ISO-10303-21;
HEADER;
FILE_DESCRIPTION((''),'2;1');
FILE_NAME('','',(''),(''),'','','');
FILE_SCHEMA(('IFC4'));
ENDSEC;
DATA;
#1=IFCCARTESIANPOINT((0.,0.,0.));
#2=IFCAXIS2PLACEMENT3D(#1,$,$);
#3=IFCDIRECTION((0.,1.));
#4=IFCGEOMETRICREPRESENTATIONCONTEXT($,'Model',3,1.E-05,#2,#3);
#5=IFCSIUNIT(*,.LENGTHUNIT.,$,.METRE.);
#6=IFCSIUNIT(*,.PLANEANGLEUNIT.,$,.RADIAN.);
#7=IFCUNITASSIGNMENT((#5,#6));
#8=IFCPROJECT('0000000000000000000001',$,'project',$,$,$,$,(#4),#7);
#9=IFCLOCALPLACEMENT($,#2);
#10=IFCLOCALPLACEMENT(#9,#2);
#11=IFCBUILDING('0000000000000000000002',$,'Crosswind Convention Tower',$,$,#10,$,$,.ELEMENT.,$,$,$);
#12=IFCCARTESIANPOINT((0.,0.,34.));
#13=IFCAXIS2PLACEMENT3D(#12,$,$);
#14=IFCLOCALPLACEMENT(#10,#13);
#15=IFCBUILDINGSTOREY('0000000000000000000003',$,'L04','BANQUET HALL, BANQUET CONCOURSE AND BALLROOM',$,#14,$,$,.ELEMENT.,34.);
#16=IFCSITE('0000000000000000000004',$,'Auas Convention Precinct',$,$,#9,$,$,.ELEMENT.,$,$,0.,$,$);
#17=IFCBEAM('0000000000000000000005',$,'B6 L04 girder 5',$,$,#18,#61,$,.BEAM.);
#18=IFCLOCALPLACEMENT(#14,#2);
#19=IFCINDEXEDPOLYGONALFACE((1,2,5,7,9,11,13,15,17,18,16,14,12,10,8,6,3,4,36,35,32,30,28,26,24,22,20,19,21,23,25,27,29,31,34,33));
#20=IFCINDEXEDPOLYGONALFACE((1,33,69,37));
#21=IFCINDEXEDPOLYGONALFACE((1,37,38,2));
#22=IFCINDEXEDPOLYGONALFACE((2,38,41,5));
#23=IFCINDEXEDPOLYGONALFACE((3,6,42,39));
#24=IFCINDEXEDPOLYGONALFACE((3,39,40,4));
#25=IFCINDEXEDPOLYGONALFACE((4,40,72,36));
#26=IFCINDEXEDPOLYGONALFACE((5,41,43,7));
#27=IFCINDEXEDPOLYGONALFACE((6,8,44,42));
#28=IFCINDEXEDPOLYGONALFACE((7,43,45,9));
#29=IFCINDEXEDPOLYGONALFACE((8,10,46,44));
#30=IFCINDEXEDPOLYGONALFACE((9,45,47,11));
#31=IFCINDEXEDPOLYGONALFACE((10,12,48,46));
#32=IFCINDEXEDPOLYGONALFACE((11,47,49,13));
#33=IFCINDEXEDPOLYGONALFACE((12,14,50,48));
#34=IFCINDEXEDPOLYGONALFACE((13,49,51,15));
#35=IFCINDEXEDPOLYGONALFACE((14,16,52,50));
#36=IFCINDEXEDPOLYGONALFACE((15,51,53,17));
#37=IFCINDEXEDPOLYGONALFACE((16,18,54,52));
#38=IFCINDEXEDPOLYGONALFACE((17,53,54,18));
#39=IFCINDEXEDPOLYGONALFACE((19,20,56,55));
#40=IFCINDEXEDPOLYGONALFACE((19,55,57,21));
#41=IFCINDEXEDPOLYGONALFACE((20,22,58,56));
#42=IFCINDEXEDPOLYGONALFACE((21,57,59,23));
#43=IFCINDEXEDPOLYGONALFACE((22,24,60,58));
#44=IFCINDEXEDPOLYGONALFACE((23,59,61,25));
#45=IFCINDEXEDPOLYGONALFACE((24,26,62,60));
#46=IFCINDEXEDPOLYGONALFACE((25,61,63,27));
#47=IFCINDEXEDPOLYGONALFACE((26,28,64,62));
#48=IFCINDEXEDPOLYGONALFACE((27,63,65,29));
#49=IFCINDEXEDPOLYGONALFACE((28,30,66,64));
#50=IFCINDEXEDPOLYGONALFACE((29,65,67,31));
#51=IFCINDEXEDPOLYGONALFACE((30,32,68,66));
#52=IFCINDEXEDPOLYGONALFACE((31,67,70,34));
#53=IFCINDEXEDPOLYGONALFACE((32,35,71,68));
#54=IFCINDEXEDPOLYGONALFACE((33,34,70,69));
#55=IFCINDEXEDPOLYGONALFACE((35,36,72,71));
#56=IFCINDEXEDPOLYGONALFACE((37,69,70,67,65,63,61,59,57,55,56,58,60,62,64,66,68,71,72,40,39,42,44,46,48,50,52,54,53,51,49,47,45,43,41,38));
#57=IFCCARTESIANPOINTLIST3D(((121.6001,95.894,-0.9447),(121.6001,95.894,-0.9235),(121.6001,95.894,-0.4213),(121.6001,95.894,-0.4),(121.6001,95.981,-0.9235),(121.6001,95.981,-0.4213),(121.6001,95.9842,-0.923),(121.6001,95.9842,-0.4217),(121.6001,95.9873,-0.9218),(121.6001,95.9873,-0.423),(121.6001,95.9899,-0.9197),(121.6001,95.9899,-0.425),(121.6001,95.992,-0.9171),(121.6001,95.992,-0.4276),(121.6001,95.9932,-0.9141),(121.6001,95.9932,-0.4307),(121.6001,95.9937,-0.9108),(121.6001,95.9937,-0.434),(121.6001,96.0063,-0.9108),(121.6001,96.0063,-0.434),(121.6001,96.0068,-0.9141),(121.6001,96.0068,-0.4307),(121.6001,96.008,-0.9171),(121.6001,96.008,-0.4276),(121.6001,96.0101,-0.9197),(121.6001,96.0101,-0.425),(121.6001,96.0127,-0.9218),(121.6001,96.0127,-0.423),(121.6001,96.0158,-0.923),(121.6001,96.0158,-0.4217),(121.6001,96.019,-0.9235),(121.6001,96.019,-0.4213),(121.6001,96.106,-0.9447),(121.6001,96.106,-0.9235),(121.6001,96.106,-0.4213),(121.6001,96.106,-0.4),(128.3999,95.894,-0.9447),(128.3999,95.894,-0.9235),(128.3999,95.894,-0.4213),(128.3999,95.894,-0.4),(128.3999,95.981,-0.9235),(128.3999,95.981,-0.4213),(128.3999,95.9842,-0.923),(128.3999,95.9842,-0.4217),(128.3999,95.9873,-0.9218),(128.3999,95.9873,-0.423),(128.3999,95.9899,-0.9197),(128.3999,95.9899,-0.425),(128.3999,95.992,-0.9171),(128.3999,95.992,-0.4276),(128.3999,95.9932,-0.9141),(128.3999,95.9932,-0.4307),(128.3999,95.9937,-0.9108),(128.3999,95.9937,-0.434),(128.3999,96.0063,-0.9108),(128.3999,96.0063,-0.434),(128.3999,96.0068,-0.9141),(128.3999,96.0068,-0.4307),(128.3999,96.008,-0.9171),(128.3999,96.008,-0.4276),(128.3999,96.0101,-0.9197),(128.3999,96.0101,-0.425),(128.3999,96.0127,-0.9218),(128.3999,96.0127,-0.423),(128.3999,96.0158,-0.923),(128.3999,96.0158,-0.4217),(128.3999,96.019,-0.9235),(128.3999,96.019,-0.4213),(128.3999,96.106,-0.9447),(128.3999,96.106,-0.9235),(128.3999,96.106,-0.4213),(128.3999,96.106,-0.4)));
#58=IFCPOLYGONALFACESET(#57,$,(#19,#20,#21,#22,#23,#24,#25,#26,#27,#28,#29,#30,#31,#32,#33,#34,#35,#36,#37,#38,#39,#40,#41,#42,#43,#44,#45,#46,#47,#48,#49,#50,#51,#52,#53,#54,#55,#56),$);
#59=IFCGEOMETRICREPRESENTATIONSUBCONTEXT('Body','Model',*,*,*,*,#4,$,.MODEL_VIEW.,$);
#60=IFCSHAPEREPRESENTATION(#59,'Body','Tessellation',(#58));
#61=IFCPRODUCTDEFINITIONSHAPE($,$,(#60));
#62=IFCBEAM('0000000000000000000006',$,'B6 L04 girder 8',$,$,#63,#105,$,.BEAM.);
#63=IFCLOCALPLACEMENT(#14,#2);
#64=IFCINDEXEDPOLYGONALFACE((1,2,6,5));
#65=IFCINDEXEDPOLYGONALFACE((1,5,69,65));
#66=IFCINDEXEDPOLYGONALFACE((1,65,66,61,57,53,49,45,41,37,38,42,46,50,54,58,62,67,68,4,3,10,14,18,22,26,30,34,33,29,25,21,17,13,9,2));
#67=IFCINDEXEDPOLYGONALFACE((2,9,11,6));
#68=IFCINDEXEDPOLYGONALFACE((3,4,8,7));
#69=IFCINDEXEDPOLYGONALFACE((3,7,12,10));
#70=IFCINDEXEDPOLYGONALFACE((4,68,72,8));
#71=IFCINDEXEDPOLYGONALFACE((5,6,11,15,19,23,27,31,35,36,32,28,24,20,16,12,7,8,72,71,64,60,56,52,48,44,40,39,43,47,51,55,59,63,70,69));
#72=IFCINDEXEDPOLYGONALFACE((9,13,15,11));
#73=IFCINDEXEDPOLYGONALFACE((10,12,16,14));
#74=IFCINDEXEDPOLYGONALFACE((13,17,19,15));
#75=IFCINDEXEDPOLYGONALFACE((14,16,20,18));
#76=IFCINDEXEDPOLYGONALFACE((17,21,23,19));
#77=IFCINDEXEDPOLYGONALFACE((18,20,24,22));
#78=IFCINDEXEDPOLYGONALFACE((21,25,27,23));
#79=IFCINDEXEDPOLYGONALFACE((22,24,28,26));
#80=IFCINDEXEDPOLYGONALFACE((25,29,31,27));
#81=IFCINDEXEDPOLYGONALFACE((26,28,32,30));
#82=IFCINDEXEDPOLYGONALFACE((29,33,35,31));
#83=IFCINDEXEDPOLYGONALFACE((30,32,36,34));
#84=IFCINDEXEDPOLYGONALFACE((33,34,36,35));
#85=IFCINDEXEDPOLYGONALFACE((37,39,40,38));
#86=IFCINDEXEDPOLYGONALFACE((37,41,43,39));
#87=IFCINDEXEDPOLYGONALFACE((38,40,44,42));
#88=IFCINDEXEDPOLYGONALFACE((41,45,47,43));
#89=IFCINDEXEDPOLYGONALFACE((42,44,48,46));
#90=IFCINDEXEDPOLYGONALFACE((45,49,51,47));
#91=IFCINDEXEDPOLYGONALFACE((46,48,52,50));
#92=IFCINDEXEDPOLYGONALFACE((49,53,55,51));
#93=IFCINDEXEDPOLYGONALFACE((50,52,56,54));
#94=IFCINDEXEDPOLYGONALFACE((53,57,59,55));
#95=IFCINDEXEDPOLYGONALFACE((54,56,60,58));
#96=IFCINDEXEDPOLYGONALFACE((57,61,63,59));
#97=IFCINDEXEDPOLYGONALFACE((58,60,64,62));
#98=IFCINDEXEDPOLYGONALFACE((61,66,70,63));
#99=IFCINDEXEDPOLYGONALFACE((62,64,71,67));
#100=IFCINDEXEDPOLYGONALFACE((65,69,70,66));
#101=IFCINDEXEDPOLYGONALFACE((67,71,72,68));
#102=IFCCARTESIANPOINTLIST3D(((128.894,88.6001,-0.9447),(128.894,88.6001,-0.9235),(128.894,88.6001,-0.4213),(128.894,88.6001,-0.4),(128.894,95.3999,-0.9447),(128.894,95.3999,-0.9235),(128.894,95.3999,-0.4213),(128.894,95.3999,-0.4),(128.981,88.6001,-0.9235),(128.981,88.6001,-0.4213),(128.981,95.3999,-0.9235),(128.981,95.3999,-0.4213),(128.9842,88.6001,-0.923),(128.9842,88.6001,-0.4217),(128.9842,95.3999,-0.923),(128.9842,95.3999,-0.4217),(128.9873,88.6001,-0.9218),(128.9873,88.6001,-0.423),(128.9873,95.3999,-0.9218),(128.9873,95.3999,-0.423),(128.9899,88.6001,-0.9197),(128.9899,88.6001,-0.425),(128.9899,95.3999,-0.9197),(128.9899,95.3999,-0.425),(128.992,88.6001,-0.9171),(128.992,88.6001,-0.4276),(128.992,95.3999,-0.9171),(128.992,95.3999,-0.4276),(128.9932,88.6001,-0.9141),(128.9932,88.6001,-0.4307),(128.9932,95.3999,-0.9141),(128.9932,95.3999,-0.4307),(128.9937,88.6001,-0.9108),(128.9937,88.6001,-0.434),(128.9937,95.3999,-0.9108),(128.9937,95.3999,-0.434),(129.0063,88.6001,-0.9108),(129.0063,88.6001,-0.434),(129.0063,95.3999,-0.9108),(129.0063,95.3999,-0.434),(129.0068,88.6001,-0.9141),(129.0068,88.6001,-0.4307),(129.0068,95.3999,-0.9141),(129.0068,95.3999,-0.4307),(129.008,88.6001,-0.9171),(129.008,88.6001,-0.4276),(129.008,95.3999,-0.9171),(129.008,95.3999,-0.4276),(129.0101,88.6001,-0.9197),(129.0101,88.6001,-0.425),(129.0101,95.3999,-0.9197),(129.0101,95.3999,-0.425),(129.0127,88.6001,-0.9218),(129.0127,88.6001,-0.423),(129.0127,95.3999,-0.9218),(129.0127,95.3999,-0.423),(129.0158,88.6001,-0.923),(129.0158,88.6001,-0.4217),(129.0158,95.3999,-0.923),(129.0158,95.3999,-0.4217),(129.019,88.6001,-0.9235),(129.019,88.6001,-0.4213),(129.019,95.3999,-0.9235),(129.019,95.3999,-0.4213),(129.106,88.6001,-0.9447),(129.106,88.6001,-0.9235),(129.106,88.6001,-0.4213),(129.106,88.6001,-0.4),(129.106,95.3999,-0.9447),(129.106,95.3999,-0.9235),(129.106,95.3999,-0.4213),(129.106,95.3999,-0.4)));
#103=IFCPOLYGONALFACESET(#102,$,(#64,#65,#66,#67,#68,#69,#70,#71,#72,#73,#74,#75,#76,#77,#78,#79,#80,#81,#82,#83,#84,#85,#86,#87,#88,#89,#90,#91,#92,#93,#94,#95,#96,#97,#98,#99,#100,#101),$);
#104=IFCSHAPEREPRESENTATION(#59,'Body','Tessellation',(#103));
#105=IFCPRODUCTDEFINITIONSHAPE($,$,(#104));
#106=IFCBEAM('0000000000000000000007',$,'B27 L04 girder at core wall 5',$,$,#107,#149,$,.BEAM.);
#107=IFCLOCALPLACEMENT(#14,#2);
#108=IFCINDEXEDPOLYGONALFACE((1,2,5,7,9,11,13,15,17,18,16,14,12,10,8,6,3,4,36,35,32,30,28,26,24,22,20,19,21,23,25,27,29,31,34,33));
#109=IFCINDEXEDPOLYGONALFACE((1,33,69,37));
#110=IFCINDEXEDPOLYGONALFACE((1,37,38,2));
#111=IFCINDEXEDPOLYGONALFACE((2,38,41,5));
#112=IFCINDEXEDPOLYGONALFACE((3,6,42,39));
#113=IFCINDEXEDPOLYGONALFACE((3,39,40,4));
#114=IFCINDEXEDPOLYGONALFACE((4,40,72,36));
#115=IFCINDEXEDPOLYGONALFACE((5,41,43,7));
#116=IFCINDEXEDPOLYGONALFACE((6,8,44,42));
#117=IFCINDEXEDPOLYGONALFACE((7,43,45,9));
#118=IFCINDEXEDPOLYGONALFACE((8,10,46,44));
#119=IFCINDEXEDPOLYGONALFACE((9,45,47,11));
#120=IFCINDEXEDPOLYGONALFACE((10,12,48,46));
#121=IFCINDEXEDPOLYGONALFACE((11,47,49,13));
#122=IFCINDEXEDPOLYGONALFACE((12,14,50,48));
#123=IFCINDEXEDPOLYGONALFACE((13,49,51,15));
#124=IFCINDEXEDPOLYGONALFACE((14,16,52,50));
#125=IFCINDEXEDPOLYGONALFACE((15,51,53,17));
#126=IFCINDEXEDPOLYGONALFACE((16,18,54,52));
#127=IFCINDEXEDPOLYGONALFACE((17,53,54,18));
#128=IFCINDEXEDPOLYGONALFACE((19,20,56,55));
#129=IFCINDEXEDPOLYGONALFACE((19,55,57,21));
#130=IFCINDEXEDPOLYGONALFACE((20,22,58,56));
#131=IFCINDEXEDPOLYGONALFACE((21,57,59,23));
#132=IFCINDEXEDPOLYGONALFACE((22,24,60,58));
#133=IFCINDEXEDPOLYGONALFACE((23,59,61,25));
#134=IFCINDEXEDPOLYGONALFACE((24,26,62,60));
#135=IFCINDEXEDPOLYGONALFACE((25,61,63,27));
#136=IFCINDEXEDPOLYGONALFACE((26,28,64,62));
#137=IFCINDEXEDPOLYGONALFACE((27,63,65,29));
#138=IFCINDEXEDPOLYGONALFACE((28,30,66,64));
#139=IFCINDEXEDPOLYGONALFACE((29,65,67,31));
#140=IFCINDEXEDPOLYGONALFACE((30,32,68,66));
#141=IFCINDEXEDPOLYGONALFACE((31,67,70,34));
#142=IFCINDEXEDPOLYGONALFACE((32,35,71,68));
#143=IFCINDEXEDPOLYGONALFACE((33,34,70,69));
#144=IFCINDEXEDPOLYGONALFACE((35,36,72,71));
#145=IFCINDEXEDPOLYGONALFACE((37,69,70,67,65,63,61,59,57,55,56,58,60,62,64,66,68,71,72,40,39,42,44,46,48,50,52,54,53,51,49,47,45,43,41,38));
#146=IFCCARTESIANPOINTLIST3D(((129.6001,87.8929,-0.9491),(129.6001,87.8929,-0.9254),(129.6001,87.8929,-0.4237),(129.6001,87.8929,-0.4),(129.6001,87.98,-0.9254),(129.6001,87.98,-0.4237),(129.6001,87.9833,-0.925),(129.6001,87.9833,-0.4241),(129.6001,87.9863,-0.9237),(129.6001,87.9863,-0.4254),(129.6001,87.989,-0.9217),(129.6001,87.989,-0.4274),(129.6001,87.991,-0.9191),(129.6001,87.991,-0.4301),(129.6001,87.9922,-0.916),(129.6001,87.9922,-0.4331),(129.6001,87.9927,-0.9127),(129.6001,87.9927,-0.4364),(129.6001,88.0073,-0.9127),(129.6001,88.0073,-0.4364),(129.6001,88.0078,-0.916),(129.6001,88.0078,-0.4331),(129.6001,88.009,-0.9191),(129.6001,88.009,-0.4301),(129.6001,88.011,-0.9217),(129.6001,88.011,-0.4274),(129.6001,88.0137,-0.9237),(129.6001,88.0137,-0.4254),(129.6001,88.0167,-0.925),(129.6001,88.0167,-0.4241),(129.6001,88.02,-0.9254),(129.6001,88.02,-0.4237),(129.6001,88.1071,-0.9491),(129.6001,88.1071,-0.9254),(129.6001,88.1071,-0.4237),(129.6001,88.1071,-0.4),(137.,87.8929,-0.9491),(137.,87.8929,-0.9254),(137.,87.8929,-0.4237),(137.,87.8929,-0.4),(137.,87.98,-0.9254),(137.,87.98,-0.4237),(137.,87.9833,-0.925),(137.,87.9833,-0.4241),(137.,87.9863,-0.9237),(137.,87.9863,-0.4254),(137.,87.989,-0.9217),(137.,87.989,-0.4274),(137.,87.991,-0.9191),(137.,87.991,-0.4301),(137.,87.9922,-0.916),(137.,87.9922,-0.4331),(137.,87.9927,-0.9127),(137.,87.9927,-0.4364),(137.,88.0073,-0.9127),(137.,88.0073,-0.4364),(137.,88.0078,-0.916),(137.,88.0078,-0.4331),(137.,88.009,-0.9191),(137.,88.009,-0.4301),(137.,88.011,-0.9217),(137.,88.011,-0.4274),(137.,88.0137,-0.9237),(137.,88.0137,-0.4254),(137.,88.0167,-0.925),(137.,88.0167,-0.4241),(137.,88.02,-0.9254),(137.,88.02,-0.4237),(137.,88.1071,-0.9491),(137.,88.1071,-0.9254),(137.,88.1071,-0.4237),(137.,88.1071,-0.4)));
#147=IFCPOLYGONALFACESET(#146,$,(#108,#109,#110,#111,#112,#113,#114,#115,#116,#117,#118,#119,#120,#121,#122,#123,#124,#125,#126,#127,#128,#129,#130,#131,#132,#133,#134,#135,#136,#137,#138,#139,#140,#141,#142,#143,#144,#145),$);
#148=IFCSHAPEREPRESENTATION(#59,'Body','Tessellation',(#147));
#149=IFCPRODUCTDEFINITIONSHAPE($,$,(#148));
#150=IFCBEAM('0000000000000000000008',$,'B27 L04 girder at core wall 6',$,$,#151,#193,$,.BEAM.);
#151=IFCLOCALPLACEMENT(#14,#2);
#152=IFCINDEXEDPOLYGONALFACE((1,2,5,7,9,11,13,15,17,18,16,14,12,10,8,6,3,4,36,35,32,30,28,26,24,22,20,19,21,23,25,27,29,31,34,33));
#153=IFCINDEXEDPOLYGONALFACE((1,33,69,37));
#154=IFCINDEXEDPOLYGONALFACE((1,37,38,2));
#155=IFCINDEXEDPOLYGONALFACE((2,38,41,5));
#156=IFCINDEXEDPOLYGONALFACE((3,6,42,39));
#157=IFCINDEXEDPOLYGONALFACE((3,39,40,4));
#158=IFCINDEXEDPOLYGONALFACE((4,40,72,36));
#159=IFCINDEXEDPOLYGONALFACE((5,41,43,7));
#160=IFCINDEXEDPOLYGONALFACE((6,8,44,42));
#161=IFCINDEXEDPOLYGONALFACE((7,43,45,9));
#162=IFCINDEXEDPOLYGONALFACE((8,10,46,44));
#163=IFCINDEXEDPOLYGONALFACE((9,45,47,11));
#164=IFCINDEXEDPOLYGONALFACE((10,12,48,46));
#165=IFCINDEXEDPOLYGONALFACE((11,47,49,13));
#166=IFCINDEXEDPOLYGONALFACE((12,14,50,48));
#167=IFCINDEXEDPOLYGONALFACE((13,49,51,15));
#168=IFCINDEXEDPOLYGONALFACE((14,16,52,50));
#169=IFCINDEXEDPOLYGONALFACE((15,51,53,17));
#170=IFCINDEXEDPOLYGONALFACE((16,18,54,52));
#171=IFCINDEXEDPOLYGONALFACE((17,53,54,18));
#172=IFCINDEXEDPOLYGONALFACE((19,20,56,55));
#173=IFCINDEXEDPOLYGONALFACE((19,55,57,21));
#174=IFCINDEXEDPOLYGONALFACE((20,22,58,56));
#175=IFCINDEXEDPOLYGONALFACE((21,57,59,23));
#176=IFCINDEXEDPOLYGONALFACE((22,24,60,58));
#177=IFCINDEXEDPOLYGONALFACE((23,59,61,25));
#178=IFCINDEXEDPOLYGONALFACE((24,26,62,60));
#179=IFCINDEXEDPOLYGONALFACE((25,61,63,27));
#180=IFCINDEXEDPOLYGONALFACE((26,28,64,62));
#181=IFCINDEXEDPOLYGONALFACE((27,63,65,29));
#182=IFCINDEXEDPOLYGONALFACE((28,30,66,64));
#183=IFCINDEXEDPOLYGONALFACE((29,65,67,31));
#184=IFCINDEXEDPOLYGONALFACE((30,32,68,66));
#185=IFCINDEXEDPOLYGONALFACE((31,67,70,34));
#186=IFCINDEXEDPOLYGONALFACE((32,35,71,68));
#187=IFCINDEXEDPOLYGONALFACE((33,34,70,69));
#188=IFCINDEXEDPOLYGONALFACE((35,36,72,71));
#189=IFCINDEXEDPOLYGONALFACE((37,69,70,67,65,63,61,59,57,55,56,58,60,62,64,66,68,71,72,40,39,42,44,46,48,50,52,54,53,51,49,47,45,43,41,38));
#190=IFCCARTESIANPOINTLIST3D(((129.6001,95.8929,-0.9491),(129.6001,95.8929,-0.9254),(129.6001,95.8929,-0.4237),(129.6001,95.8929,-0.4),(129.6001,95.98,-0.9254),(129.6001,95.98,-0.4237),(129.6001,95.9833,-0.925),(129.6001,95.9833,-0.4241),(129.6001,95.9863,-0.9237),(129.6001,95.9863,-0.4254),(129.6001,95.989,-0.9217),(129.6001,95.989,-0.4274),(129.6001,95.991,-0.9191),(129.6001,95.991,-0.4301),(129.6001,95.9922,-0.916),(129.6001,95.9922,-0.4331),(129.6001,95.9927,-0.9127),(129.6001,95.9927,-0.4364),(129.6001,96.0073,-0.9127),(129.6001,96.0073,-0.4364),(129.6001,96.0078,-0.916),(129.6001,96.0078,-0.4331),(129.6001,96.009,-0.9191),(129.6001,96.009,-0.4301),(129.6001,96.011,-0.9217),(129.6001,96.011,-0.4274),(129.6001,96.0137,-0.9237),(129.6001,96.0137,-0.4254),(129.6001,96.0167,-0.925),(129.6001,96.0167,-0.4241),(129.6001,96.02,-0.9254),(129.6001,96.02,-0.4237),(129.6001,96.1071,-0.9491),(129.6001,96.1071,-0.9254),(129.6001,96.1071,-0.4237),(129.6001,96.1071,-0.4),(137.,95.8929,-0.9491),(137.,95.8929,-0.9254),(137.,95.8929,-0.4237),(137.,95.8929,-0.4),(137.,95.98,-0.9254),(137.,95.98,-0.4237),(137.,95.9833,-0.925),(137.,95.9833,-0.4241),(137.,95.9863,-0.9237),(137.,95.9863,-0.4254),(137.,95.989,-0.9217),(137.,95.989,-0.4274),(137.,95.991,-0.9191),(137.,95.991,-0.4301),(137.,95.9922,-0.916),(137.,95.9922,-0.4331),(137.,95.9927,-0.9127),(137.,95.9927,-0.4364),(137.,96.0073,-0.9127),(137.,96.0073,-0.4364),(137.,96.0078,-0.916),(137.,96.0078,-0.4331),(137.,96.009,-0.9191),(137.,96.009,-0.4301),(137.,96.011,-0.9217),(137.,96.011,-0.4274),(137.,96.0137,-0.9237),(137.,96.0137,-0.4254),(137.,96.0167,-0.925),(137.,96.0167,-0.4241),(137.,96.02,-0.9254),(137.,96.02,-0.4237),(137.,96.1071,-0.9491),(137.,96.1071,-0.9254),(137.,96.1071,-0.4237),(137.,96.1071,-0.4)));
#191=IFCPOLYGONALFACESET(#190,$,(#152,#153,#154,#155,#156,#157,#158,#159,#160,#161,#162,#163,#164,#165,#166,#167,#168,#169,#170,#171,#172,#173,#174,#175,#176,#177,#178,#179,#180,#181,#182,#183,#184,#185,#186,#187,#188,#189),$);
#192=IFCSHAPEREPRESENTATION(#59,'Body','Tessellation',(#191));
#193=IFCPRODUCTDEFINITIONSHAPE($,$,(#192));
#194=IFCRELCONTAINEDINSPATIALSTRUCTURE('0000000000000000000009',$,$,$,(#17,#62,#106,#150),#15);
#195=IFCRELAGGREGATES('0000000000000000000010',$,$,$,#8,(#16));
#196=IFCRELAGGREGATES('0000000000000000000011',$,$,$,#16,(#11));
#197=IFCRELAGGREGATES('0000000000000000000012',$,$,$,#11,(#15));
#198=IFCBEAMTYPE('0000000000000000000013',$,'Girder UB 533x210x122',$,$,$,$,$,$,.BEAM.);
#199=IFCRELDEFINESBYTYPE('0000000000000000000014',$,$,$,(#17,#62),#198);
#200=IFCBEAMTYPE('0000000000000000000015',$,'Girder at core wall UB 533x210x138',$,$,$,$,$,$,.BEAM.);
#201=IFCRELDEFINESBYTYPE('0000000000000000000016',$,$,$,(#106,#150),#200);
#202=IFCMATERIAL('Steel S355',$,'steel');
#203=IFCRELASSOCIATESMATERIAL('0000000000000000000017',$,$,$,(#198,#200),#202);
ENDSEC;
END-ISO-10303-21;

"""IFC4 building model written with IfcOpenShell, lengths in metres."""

from ifc_helpers import new_model, si_unit, direction, frame, origin, origin_2d, place, context, subcontext, project, spatial, i_section, extrude, material, material_profile, profile_set, type_object, element, save


model = new_model("IFC4")

# Units and contexts
model_context = context("Model", 3, precision=1e-05, world=origin(), true_north=direction((0.0, 1.0)))
body_context = subcontext(model_context, "Body", "Model", "MODEL_VIEW")
ifc_project = project(units=[si_unit("LENGTHUNIT", "METRE"), si_unit("PLANEANGLEUNIT", "RADIAN")], contexts=[model_context])

# Site, building, storey
site_placement = place(None, origin())
site = spatial("IfcSite", under=ifc_project, at=site_placement, Name="Auas Convention Precinct", CompositionType="ELEMENT", RefElevation=0.0)
building_placement = place(site_placement, origin())
building = spatial("IfcBuilding", under=site, at=building_placement, Name="Crosswind Convention Tower", CompositionType="ELEMENT")
storey_placement = place(building_placement, frame((0.0, 0.0, 34.0)))
storey = spatial("IfcBuildingStorey", under=building, at=storey_placement, Name="L04", Description="BANQUET HALL, BANQUET CONCOURSE AND BALLROOM", CompositionType="ELEMENT", Elevation=34.0)

# Beams
ifc_material_1 = material(Name="Steel S355", Category="steel")
ifc_material_profile_1 = material_profile(ifc_material_1, i_section(OverallWidth=0.2119, OverallDepth=0.5447, WebThickness=0.0127, FlangeThickness=0.0212, FilletRadius=0.0127, at=origin_2d()), Name="UB 533x210x122")
ifc_profile_set_1 = profile_set([ifc_material_profile_1], Name="Steel S355")
beam_type_1 = type_object("IfcBeamType", Name="Girder UB 533x210x122", PredefinedType="BEAM", material=ifc_profile_set_1)
for number, where, z_axis, x_axis, name in (
    (1, (121.6001, 96.0, -0.6724), (1.0, 0.0, 0.0), (0.0, 1.0, 0.0), "B6 L04 girder 5"),
    (2, (129.0, 88.6001, -0.6724), (0.0, 1.0, 0.0), (-1.0, 0.0, 0.0), "B6 L04 girder 8"),
):
    element("IfcBeam", number, at=place(storey_placement, frame(where, z_axis=z_axis, x_axis=x_axis)), inside=storey, type_object=beam_type_1, Name=name, PredefinedType="BEAM", context=body_context, shape_type="SweptSolid", body=[
        extrude(i_section(OverallWidth=0.2119, OverallDepth=0.5447, WebThickness=0.0127, FlangeThickness=0.0212, FilletRadius=0.0127, at=origin_2d()), origin(), (0.0, 0.0, 1.0), 6.7998),
    ])
ifc_material_profile_2 = material_profile(ifc_material_1, i_section(OverallWidth=0.2141, OverallDepth=0.5491, WebThickness=0.0146, FlangeThickness=0.0237, FilletRadius=0.0127, at=origin_2d()), Name="UB 533x210x138")
ifc_profile_set_2 = profile_set([ifc_material_profile_2], Name="Steel S355")
beam_type_2 = type_object("IfcBeamType", Name="Girder at core wall UB 533x210x138", PredefinedType="BEAM", material=ifc_profile_set_2)
for number, where, z_axis, x_axis, name in (
    (3, (129.6001, 88.0, -0.6746), (1.0, 0.0, 0.0), (0.0, 1.0, 0.0), "B27 L04 girder at core wall 5"),
    (4, (129.6001, 96.0, -0.6746), (1.0, 0.0, 0.0), (0.0, 1.0, 0.0), "B27 L04 girder at core wall 6"),
):
    element("IfcBeam", number, at=place(storey_placement, frame(where, z_axis=z_axis, x_axis=x_axis)), inside=storey, type_object=beam_type_2, Name=name, PredefinedType="BEAM", context=body_context, shape_type="SweptSolid", body=[
        extrude(i_section(OverallWidth=0.2141, OverallDepth=0.5491, WebThickness=0.0146, FlangeThickness=0.0237, FilletRadius=0.0127, at=origin_2d()), origin(), (0.0, 0.0, 1.0), 7.3999),
    ])

save(model, "model.ifc")
